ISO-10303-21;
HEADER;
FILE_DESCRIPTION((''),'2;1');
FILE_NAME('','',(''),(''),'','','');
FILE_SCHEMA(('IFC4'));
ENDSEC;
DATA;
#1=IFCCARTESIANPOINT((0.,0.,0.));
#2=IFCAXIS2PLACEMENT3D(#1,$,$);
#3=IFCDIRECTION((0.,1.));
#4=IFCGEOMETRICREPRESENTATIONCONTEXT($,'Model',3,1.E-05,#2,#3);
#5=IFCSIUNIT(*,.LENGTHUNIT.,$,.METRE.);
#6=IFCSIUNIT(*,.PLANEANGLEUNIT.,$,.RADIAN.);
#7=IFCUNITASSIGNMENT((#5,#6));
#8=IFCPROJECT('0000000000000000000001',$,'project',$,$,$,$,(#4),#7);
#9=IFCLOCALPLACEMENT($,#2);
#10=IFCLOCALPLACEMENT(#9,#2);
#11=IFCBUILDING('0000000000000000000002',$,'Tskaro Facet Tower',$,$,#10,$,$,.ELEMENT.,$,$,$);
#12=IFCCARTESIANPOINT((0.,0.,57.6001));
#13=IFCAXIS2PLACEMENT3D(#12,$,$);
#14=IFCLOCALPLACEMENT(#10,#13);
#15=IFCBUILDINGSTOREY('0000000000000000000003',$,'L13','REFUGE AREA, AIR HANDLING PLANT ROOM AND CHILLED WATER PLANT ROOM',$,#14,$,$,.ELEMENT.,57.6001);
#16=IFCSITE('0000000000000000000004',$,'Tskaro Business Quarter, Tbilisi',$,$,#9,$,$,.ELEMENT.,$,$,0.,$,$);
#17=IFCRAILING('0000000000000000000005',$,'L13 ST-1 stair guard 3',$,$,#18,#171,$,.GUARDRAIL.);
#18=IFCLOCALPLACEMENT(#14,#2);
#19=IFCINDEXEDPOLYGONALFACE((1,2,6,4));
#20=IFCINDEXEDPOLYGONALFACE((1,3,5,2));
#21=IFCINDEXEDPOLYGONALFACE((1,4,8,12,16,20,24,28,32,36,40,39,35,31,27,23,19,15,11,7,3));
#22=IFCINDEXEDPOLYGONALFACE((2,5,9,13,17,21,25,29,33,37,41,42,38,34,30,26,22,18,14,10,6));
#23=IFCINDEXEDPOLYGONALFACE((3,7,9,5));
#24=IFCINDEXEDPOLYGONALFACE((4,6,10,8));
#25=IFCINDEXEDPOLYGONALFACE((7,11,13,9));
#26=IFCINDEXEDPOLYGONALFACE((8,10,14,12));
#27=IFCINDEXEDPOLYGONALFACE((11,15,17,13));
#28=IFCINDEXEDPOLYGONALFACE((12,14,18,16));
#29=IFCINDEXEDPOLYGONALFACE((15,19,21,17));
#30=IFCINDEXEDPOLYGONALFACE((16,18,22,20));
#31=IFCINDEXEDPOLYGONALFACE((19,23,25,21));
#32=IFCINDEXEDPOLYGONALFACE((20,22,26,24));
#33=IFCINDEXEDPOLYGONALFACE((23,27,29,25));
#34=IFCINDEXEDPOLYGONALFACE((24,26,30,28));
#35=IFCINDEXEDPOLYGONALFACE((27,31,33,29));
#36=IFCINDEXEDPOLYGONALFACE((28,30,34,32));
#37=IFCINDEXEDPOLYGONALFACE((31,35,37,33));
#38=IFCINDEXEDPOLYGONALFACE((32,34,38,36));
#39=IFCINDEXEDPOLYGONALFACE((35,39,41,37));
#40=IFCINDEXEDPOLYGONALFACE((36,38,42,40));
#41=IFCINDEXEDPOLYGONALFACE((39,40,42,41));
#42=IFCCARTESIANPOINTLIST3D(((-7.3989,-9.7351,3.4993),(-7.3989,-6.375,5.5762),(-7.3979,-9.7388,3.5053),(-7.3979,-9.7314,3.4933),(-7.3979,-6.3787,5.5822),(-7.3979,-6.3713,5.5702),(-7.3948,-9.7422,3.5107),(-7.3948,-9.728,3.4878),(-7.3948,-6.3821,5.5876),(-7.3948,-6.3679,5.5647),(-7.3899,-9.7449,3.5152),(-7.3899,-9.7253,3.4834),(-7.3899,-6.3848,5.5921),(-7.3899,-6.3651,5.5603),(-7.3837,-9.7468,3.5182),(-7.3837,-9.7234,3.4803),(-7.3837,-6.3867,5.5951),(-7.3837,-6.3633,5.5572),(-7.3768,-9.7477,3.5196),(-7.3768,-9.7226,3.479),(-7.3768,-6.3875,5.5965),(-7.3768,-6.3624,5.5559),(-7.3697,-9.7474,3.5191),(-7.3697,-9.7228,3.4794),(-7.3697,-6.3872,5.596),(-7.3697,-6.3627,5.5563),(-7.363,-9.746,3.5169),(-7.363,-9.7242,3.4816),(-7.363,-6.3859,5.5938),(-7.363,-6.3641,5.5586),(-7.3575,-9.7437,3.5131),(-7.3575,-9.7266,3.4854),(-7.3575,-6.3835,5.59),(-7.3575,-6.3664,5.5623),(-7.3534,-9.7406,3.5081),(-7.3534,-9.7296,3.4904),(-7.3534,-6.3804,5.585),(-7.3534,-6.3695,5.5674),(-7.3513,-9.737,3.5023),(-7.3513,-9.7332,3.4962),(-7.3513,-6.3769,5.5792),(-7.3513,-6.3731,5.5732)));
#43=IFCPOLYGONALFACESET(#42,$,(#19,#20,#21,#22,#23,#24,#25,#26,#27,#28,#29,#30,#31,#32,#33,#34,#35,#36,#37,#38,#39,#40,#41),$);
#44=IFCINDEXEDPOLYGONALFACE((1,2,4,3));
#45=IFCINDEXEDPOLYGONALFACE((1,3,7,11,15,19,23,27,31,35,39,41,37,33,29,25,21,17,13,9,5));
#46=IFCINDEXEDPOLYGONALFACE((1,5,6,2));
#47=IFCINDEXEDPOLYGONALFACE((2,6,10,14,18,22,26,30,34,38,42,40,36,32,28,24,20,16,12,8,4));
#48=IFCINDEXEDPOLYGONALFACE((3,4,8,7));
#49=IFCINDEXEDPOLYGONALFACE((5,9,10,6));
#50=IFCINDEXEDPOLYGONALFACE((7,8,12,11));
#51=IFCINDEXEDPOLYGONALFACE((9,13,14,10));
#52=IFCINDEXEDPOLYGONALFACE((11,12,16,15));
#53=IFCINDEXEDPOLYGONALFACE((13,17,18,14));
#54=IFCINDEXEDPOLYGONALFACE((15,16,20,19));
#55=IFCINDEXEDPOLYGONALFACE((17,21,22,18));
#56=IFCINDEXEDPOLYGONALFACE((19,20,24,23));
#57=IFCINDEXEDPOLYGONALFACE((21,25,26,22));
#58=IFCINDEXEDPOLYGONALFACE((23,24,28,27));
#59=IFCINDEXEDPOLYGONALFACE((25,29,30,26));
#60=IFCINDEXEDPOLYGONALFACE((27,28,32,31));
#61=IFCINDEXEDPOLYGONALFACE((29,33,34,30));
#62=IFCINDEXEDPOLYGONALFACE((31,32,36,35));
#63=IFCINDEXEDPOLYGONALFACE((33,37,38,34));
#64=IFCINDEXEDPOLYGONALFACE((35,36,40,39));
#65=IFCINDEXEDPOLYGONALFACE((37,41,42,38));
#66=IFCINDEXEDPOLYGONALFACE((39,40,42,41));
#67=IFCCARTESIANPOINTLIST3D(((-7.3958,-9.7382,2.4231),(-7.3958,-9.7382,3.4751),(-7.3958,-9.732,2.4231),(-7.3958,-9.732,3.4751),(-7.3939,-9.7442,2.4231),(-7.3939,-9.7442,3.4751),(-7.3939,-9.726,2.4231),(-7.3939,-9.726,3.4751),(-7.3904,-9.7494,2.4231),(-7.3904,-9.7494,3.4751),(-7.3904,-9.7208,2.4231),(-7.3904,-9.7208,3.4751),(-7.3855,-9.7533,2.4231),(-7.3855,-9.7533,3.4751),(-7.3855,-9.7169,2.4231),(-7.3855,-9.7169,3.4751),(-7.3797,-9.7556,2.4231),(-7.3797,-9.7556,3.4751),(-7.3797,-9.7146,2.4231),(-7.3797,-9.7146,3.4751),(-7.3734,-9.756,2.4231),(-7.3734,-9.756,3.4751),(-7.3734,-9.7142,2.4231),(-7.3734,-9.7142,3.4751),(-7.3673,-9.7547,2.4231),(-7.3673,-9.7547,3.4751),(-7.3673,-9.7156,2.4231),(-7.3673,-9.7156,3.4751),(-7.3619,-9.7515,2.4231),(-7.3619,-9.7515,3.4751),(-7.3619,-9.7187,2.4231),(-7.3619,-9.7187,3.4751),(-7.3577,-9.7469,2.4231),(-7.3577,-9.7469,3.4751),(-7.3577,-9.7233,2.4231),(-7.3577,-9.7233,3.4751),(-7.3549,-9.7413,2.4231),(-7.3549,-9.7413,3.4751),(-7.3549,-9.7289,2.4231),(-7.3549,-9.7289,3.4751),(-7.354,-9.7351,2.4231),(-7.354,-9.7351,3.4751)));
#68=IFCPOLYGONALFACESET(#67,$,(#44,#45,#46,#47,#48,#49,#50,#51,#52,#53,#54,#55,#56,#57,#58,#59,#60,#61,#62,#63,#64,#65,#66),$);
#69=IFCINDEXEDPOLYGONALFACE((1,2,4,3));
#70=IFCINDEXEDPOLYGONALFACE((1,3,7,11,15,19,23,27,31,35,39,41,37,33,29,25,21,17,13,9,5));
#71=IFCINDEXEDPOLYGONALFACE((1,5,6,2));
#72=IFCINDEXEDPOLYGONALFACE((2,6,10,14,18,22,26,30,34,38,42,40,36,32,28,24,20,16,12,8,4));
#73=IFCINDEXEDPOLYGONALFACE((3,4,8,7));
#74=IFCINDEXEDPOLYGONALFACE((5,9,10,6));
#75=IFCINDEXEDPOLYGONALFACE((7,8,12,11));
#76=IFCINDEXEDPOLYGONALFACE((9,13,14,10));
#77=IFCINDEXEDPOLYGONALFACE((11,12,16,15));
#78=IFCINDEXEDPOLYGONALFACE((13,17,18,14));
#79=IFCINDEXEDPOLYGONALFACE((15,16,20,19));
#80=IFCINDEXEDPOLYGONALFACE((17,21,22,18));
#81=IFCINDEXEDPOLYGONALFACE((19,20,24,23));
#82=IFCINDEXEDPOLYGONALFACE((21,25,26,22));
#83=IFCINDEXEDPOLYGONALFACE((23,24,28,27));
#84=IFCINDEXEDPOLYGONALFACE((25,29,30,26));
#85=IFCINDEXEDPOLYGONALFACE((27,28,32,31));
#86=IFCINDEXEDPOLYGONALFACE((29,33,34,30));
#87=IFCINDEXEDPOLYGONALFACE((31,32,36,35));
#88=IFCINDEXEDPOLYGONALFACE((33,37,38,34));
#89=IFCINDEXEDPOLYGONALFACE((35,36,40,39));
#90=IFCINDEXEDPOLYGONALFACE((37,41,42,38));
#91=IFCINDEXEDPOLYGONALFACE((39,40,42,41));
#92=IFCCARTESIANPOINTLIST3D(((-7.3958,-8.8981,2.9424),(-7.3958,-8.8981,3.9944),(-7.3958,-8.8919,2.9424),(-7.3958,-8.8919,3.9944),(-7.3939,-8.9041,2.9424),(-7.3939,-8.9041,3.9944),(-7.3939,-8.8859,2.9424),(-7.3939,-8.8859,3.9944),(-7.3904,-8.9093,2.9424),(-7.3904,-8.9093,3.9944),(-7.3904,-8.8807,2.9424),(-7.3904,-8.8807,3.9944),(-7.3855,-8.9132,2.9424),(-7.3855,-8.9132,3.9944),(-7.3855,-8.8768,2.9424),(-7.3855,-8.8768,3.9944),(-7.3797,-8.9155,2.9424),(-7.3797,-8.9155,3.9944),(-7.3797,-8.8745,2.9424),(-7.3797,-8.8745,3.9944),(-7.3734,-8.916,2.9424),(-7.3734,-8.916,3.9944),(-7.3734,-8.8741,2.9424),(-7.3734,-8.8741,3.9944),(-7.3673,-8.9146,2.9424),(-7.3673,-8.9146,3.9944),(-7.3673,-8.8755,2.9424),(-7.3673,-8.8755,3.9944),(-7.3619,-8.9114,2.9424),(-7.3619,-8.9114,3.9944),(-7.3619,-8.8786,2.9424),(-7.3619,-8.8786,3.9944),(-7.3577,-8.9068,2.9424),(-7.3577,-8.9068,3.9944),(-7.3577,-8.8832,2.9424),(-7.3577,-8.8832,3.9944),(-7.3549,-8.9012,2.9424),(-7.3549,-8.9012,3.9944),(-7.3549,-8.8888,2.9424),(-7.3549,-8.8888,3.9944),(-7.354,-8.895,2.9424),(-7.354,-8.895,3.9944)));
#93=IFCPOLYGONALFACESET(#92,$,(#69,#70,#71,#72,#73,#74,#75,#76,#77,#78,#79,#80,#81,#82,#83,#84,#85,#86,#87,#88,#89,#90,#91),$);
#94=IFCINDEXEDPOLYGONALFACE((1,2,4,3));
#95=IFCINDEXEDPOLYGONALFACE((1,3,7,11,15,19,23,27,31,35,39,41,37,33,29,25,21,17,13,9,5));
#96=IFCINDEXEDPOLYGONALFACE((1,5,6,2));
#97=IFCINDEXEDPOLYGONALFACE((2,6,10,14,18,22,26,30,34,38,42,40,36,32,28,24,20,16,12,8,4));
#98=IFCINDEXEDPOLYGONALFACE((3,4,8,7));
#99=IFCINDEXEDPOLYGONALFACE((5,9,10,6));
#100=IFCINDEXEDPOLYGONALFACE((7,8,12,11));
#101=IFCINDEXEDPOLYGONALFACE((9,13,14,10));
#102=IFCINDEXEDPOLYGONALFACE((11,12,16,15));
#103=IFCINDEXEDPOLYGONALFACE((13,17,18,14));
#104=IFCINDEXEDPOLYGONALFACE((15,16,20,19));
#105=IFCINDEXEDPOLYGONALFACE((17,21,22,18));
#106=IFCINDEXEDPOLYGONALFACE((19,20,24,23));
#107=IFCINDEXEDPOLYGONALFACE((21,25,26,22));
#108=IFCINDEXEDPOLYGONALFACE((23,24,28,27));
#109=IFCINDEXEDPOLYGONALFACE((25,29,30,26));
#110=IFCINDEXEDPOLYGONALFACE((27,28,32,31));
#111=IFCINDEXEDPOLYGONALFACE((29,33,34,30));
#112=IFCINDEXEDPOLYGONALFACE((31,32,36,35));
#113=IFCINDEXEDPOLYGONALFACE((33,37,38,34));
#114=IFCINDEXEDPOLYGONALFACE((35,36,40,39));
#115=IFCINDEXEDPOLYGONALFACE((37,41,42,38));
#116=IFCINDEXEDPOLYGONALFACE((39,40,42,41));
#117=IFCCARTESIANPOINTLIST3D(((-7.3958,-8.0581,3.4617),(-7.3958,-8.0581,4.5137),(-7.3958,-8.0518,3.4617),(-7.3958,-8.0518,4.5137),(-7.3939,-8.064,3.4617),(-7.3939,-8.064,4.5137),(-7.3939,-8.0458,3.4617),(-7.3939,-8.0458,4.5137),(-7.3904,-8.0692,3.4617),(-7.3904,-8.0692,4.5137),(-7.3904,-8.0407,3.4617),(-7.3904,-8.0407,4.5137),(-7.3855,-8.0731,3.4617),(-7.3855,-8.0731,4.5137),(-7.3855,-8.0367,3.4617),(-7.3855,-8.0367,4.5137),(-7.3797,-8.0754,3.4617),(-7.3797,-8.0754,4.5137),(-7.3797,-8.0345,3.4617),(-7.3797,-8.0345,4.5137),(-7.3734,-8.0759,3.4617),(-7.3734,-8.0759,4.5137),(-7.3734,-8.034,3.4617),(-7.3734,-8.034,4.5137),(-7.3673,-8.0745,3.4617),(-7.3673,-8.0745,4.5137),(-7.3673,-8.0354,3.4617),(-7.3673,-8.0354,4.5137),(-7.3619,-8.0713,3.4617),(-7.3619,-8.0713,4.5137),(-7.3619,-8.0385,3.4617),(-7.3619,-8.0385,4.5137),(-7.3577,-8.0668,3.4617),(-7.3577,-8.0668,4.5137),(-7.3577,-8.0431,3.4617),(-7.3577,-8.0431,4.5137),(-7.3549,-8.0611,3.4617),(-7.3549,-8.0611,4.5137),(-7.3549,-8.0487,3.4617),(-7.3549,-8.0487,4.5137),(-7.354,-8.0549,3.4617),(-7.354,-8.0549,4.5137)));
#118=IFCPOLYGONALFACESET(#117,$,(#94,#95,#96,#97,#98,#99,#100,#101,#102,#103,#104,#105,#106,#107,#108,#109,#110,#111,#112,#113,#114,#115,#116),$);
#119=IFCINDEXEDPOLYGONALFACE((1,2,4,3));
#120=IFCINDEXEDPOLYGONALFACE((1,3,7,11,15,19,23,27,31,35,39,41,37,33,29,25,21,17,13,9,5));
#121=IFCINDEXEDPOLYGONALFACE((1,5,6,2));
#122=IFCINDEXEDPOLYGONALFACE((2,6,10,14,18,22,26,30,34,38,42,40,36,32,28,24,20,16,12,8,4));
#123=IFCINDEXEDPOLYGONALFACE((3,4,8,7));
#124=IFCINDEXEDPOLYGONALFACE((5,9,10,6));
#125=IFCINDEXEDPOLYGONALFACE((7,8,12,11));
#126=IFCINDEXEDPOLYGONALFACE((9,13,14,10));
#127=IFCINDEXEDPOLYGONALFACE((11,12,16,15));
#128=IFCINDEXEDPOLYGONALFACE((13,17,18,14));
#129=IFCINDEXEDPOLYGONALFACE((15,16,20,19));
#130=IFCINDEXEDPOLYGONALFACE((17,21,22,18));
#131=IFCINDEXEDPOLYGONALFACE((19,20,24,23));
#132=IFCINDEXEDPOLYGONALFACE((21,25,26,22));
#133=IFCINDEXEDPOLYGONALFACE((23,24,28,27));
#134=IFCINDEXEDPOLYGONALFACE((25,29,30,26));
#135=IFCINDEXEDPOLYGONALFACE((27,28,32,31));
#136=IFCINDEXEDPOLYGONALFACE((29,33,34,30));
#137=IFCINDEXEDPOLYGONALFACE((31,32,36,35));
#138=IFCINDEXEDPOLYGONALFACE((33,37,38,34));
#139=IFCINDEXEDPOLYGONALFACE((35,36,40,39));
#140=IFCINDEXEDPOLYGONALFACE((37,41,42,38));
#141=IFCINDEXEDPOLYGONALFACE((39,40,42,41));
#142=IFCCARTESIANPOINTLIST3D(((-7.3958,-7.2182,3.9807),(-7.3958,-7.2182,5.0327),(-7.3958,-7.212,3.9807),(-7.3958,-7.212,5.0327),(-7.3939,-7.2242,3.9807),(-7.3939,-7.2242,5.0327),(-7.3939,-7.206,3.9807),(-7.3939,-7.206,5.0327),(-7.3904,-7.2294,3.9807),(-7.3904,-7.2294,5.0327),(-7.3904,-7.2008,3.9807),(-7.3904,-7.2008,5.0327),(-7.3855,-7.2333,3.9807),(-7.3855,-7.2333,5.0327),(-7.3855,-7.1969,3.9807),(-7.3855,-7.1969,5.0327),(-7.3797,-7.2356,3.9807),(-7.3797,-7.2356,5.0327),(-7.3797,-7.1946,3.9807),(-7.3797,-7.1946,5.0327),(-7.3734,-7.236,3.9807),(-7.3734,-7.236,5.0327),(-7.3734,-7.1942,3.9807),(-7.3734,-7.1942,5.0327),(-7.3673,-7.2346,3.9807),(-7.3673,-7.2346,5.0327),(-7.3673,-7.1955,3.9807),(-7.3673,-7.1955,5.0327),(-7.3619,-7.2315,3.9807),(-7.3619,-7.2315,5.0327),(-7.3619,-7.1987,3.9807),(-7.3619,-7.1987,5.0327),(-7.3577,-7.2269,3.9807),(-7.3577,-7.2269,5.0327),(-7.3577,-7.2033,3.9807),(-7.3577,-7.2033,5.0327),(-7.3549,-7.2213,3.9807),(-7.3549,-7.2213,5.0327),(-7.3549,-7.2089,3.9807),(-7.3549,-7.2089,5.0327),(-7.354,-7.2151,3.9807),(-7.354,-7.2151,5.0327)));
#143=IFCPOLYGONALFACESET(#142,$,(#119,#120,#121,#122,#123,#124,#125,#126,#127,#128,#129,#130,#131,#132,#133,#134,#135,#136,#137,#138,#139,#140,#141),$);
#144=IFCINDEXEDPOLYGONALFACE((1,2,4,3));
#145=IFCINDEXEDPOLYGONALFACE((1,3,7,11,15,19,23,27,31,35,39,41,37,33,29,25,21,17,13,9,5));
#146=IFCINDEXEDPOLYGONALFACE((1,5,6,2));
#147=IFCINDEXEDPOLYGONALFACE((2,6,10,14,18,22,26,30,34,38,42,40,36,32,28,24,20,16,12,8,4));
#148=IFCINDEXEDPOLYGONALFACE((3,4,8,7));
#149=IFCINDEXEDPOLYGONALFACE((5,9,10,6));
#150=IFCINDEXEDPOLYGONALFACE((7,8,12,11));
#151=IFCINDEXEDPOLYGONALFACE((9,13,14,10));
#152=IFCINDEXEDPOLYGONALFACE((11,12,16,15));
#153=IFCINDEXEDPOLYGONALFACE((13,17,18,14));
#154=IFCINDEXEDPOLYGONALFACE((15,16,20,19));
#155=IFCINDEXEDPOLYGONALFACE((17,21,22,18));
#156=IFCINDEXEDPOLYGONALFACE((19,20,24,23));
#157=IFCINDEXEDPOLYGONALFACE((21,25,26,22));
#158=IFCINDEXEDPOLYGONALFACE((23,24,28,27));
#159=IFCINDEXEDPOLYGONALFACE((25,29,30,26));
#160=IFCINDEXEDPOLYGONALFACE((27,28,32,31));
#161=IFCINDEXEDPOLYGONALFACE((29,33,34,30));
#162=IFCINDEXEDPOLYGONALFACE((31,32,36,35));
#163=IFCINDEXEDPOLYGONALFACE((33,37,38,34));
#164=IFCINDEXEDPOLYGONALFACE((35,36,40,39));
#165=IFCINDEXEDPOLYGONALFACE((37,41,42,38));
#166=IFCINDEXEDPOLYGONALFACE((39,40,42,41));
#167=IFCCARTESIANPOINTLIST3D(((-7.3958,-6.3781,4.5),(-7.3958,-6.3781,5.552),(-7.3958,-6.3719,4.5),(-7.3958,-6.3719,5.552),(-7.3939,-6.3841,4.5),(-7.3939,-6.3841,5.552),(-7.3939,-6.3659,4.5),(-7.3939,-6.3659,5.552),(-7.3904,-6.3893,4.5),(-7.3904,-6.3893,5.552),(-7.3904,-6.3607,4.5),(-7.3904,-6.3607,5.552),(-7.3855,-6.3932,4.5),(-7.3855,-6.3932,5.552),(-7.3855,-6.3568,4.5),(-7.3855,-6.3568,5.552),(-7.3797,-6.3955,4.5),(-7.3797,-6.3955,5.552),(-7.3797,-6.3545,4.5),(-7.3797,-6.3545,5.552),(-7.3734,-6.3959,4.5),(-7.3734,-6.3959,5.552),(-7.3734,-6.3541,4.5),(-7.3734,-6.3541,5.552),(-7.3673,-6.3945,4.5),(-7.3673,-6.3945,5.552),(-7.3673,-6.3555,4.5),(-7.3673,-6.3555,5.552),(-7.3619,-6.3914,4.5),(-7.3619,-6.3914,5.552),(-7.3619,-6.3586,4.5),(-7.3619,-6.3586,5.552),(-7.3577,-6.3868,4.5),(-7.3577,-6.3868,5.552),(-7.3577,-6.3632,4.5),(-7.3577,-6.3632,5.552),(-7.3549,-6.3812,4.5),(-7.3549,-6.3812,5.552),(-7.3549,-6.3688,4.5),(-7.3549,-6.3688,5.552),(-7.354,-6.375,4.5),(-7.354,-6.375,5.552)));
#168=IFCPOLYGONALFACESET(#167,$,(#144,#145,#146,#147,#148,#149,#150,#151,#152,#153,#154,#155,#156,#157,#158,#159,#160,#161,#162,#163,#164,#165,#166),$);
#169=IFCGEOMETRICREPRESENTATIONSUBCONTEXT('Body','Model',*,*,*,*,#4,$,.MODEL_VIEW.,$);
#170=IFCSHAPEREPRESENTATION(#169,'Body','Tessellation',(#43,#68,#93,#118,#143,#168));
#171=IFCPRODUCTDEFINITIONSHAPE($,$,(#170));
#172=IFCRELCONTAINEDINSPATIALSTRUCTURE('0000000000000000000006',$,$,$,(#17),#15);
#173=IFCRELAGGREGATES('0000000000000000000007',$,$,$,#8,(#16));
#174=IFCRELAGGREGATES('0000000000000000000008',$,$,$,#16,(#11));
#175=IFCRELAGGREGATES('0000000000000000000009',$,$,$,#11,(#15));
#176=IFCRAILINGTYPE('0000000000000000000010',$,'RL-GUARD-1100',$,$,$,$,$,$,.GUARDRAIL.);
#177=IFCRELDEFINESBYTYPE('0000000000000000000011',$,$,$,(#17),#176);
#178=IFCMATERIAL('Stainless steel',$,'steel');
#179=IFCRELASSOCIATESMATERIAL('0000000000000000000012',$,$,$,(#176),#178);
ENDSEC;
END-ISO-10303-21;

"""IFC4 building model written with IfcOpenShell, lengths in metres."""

from ifc_helpers import new_model, si_unit, direction, frame, origin, origin_2d, place, context, subcontext, project, spatial, circle, extrude, material, type_object, element, save


model = new_model("IFC4")

# Units and contexts
model_context = context("Model", 3, precision=1e-05, world=origin(), true_north=direction((0.0, 1.0)))
body_context = subcontext(model_context, "Body", "Model", "MODEL_VIEW")
ifc_project = project(units=[si_unit("LENGTHUNIT", "METRE"), si_unit("PLANEANGLEUNIT", "RADIAN")], contexts=[model_context])

# Site, building, storey
site_placement = place(None, origin())
site = spatial("IfcSite", under=ifc_project, at=site_placement, Name="Tskaro Business Quarter, Tbilisi", CompositionType="ELEMENT", RefElevation=0.0)
building_placement = place(site_placement, origin())
building = spatial("IfcBuilding", under=site, at=building_placement, Name="Tskaro Facet Tower", CompositionType="ELEMENT")
storey_placement = place(building_placement, frame((0.0, 0.0, 57.6001)))
storey = spatial("IfcBuildingStorey", under=building, at=storey_placement, Name="L13", Description="REFUGE AREA, AIR HANDLING PLANT ROOM AND CHILLED WATER PLANT ROOM", CompositionType="ELEMENT", Elevation=57.6001)

# Shared definitions
ifc_material_1 = material(Name="Stainless steel", Category="steel")

# Railing
railing_type_1 = type_object("IfcRailingType", Name="RL-GUARD-1100", PredefinedType="GUARDRAIL", material=ifc_material_1)
railing_1_placement = place(storey_placement, frame((-7.375, -9.7351, 2.4231)))
element("IfcRailing", 1, at=railing_1_placement, inside=storey, type_object=railing_type_1, Name="L13 ST-1 stair guard 3", PredefinedType="GUARDRAIL", context=body_context, shape_type="SweptSolid", body=[
    extrude(circle(Radius=0.0239, at=origin_2d()), frame((0.0, 0.0, 1.0762), z_axis=(0.0, 0.850623, 0.525776), x_axis=(-1.0, 0.0, 0.0)), (0.0, 0.0, 1.0), 3.9502),
    extrude(circle(Radius=0.021, at=origin_2d()), origin(), (0.0, 0.0, 1.0), 1.052),
    extrude(circle(Radius=0.021, at=origin_2d()), frame((0.0, 0.8401, 0.5193)), (0.0, 0.0, 1.0), 1.052),
    extrude(circle(Radius=0.021, at=origin_2d()), frame((0.0, 1.6802, 1.0386)), (0.0, 0.0, 1.0), 1.052),
    extrude(circle(Radius=0.021, at=origin_2d()), frame((0.0, 2.52, 1.5576)), (0.0, 0.0, 1.0), 1.052),
    extrude(circle(Radius=0.021, at=origin_2d()), frame((0.0, 3.3601, 2.0769)), (0.0, 0.0, 1.0), 1.052),
])

save(model, "model.ifc")
